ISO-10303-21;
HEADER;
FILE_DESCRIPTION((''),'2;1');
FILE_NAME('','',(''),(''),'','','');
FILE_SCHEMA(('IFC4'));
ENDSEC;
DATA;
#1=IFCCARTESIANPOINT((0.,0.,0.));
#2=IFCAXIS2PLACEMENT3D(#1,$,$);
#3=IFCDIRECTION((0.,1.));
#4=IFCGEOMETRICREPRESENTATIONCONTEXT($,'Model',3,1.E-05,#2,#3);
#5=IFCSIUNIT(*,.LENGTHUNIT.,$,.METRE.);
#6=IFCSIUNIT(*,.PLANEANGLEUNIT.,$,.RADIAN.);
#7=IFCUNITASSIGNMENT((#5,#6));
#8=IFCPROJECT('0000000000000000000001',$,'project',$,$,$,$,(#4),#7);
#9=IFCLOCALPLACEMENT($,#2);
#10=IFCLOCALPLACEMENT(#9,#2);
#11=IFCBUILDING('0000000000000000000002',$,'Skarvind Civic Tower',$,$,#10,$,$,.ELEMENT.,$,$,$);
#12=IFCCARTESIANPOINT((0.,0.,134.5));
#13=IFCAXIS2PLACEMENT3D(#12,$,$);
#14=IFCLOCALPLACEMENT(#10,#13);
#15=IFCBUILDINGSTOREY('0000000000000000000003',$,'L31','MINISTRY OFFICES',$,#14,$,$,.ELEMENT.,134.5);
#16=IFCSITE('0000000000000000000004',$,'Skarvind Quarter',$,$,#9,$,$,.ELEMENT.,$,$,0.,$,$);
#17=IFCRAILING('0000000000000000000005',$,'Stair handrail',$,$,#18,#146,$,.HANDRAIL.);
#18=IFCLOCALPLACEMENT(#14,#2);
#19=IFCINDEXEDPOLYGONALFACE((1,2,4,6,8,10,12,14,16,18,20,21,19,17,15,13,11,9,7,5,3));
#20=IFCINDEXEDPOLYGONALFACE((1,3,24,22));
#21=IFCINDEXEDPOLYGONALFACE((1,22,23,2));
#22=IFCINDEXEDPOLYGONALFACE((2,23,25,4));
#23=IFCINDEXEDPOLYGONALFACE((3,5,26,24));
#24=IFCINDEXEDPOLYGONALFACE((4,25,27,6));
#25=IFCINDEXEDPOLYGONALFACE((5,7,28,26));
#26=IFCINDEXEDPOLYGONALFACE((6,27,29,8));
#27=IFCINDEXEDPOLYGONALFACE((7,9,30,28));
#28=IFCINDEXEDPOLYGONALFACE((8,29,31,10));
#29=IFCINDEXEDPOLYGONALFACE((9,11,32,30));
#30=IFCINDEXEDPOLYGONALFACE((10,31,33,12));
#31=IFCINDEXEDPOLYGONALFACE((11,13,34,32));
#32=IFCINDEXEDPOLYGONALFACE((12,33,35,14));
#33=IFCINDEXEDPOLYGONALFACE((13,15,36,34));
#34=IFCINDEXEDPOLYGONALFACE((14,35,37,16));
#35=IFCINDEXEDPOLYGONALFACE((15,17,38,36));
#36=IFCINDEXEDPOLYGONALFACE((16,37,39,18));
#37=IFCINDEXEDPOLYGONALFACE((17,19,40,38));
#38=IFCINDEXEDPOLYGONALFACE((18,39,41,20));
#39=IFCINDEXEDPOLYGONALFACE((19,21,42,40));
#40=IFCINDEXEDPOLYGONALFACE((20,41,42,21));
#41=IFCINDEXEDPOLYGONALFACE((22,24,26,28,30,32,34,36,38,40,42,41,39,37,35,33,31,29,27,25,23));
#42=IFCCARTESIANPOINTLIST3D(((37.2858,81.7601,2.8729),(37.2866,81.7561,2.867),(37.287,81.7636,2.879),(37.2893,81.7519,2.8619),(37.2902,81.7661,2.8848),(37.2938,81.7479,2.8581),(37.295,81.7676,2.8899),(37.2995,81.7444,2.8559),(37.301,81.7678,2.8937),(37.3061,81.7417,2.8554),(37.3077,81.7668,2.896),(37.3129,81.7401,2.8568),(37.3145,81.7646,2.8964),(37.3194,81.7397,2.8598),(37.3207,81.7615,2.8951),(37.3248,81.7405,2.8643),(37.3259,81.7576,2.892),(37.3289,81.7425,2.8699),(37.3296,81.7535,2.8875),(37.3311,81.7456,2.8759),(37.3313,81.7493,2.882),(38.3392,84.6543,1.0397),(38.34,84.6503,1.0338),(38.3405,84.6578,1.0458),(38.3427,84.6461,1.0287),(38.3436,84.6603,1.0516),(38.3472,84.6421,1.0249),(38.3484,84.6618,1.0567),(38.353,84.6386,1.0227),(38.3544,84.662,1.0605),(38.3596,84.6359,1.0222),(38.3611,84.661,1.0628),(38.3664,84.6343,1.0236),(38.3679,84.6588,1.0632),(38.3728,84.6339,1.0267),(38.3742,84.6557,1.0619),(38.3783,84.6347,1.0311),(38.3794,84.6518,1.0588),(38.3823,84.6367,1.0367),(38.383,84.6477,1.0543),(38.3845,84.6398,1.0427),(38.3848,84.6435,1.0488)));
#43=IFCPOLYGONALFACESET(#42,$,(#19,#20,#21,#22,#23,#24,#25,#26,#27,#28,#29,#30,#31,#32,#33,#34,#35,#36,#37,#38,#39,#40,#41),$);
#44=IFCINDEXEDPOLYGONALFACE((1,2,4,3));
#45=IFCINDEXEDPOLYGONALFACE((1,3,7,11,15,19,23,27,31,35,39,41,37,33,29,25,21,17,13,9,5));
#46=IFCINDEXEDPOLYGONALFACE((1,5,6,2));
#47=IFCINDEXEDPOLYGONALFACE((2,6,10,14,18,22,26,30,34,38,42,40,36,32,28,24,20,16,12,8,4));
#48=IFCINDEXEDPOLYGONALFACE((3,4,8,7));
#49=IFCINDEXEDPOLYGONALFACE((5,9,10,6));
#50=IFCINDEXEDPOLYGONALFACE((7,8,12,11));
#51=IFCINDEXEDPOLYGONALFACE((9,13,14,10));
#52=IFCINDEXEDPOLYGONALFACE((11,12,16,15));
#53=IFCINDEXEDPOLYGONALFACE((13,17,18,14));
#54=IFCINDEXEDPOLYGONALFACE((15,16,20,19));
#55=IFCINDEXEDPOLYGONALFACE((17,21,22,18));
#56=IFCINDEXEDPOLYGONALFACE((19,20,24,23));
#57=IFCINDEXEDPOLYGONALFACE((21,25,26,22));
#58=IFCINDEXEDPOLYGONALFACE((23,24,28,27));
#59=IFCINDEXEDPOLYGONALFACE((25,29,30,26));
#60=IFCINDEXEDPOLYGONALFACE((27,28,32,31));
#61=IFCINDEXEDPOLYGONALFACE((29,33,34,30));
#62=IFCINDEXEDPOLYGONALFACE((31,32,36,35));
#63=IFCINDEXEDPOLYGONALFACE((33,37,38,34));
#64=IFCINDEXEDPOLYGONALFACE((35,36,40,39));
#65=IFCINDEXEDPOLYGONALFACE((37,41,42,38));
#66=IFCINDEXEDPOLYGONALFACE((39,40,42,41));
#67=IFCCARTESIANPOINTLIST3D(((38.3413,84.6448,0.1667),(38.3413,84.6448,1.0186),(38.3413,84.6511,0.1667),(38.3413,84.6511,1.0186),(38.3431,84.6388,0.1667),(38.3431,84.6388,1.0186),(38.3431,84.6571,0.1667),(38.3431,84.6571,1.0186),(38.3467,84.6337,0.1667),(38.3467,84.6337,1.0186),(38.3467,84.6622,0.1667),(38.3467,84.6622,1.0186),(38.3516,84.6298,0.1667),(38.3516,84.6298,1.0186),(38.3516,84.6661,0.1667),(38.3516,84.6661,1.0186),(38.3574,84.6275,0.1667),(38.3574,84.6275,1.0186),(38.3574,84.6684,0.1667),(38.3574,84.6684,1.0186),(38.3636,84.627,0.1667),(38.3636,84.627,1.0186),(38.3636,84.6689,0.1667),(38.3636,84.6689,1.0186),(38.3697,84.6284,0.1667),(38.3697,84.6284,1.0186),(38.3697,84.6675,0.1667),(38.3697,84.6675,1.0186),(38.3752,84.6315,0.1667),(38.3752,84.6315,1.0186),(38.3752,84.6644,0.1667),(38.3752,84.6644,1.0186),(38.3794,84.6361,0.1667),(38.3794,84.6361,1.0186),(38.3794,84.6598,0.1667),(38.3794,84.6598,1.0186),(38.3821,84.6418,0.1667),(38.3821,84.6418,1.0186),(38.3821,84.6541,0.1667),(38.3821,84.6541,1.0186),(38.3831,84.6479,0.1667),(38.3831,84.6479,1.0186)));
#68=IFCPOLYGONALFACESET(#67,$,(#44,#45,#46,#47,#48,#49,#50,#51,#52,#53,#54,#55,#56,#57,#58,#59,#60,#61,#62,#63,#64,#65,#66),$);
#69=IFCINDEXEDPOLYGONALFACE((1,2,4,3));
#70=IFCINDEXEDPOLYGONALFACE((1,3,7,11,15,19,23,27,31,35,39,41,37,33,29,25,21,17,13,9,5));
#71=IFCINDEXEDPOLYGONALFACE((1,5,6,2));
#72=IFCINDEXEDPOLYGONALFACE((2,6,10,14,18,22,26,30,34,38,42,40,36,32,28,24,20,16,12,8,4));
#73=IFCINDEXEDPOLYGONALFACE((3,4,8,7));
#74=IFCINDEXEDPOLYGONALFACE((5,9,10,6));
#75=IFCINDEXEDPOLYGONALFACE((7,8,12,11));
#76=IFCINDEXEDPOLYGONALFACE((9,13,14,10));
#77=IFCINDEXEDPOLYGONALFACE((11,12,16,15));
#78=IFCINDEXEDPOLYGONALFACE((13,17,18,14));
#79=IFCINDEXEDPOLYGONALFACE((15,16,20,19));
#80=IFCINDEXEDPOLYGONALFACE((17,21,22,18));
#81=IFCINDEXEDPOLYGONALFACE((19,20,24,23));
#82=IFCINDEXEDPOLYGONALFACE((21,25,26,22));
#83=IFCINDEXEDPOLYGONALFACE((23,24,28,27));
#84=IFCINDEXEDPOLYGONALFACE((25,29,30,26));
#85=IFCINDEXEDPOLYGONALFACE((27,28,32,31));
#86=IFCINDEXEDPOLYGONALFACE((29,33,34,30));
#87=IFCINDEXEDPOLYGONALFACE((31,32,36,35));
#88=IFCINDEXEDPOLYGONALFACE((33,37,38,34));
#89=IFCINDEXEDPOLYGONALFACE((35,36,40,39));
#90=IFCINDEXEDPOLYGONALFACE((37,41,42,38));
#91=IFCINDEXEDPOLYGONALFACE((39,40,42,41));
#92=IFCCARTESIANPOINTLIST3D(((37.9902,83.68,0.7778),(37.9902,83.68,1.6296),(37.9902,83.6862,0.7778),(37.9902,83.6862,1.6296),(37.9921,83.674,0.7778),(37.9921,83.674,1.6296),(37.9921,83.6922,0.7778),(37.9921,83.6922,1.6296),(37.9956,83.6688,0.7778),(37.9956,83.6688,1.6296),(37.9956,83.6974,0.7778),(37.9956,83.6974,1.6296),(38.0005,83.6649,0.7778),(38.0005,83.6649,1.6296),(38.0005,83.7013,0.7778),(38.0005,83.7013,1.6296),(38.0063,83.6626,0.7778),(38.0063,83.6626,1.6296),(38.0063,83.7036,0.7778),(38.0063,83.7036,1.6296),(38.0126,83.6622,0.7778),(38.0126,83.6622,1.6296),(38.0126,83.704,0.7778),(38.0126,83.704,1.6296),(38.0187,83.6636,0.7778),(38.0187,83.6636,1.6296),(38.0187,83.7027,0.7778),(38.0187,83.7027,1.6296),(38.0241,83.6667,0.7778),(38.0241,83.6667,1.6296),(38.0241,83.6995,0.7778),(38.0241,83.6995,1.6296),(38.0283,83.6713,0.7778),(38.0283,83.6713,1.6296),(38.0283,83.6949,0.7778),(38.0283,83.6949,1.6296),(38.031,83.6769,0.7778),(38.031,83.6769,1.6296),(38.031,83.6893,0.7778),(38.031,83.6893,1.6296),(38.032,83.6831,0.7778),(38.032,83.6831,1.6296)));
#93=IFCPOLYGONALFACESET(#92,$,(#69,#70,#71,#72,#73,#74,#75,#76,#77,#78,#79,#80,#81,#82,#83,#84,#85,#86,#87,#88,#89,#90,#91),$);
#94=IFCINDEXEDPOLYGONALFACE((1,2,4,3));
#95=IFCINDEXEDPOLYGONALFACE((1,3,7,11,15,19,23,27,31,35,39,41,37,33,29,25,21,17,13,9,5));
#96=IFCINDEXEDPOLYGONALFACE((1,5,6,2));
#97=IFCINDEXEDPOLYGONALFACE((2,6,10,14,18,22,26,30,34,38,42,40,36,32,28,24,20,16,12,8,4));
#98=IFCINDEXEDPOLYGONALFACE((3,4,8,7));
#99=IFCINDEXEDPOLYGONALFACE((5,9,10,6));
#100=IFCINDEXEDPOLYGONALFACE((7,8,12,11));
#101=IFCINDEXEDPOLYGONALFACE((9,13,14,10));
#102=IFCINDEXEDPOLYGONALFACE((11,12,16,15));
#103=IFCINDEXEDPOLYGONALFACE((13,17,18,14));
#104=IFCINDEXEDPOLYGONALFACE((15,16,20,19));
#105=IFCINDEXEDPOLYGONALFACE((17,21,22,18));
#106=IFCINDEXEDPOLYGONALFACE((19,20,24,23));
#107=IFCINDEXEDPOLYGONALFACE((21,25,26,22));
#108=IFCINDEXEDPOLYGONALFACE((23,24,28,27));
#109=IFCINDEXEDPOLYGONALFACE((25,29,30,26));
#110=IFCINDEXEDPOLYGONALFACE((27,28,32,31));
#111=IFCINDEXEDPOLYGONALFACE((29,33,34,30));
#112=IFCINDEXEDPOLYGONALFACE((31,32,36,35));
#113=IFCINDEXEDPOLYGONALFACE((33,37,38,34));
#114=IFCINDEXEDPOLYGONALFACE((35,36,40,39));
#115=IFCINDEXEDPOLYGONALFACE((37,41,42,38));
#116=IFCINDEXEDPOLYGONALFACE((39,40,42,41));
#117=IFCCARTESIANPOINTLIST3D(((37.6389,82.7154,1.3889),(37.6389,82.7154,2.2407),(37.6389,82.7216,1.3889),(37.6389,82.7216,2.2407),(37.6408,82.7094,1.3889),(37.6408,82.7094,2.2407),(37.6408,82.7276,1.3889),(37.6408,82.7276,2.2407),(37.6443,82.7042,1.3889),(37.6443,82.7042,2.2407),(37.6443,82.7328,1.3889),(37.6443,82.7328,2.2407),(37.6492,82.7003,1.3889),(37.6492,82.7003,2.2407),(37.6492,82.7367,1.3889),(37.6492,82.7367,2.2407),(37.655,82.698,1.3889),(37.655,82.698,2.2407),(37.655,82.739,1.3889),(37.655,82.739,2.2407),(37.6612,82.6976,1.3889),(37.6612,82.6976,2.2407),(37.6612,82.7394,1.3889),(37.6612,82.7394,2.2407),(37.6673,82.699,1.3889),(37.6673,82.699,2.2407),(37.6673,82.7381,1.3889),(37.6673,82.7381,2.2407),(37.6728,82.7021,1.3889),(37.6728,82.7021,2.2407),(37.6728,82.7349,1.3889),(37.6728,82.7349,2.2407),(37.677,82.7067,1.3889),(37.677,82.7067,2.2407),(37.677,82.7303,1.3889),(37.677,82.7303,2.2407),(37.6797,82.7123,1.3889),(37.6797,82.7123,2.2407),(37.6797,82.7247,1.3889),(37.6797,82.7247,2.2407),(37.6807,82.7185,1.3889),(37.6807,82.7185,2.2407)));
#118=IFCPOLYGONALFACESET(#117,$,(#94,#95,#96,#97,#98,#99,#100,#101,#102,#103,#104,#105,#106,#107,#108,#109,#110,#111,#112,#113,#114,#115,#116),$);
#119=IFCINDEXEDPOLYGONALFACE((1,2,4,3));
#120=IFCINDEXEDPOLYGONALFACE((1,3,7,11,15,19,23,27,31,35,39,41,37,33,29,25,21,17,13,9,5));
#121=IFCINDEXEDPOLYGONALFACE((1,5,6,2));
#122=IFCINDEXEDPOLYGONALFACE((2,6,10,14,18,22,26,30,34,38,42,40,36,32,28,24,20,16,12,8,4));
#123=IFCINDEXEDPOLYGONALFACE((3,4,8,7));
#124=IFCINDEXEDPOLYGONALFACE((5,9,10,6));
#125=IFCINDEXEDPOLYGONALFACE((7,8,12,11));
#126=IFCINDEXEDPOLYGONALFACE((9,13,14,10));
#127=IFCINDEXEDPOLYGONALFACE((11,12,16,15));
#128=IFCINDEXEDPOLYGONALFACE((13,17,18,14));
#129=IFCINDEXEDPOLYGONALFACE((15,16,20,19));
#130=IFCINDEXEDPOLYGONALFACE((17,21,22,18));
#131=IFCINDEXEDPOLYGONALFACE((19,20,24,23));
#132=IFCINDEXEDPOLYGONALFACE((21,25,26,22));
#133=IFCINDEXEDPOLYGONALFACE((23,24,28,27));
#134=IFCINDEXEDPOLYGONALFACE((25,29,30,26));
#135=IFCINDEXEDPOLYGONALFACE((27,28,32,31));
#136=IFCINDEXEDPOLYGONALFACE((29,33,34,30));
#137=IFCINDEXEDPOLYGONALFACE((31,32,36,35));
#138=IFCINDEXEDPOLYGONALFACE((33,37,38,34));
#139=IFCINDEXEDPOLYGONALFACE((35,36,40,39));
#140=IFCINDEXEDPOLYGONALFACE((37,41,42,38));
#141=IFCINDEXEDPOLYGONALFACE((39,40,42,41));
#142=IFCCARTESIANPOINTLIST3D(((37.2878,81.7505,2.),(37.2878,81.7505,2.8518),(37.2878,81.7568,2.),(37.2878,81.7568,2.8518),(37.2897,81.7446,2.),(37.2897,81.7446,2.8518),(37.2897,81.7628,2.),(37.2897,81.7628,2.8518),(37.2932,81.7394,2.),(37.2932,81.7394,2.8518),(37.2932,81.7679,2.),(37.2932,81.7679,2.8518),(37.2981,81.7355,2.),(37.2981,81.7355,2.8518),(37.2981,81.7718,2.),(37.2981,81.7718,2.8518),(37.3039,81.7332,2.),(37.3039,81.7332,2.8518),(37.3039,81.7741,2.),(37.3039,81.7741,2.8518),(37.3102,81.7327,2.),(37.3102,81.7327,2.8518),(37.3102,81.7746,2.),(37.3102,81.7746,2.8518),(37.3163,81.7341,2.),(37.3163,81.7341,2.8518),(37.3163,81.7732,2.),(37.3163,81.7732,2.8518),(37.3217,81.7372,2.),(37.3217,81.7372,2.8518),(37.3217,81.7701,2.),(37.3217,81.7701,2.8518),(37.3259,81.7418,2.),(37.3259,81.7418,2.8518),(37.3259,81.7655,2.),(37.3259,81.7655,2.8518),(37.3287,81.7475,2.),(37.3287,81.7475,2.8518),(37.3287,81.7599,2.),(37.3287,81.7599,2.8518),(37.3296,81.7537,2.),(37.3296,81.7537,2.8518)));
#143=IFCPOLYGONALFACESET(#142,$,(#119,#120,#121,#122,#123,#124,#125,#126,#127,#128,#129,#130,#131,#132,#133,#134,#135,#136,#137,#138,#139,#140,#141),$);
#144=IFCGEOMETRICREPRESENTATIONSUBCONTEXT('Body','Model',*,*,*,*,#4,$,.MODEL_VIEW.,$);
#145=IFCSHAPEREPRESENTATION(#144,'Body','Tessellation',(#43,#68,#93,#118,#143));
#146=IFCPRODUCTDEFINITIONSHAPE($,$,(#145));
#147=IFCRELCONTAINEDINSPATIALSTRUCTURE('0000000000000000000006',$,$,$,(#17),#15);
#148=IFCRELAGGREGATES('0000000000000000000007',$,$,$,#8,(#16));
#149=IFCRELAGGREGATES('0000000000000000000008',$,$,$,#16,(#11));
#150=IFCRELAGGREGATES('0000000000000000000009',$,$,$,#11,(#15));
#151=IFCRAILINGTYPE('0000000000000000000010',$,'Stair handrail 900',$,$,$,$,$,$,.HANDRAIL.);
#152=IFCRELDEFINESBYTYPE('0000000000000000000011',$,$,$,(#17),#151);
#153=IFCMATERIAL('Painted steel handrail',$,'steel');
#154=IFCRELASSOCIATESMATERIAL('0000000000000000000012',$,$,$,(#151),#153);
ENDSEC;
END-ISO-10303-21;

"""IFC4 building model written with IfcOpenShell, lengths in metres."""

from ifc_helpers import new_model, si_unit, direction, frame, origin, origin_2d, place, context, subcontext, project, spatial, circle, extrude, material, type_object, element, save


model = new_model("IFC4")

# Units and contexts
model_context = context("Model", 3, precision=1e-05, world=origin(), true_north=direction((0.0, 1.0)))
body_context = subcontext(model_context, "Body", "Model", "MODEL_VIEW")
ifc_project = project(units=[si_unit("LENGTHUNIT", "METRE"), si_unit("PLANEANGLEUNIT", "RADIAN")], contexts=[model_context])

# Site, building, storey
site_placement = place(None, origin())
site = spatial("IfcSite", under=ifc_project, at=site_placement, Name="Skarvind Quarter", CompositionType="ELEMENT", RefElevation=0.0)
building_placement = place(site_placement, origin())
building = spatial("IfcBuilding", under=site, at=building_placement, Name="Skarvind Civic Tower", CompositionType="ELEMENT")
storey_placement = place(building_placement, frame((0.0, 0.0, 134.5)))
storey = spatial("IfcBuildingStorey", under=building, at=storey_placement, Name="L31", Description="MINISTRY OFFICES", CompositionType="ELEMENT", Elevation=134.5)

# Railing
ifc_material_1 = material(Name="Painted steel handrail", Category="steel")
railing_type = type_object("IfcRailingType", Name="Stair handrail 900", PredefinedType="HANDRAIL", material=ifc_material_1)
railing_1_placement = place(storey_placement, frame((38.3621, 84.6479, 0.1667)))
element("IfcRailing", 1, at=railing_1_placement, inside=storey, type_object=railing_type, Name="Stair handrail", PredefinedType="HANDRAIL", context=body_context, shape_type="SweptSolid", body=[
    extrude(circle(Radius=0.0239, at=origin_2d()), frame((0.0, 0.0, 0.876), z_axis=(-0.293908, -0.807481, 0.511461), x_axis=(0.939689, -0.342029, 0.0)), (0.0, 0.0, 1.0), 3.5842),
    extrude(circle(Radius=0.021, at=origin_2d()), origin(), (0.0, 0.0, 1.0), 0.8518),
    extrude(circle(Radius=0.021, at=origin_2d()), frame((-0.3511, -0.9648, 0.6111)), (0.0, 0.0, 1.0), 0.8518),
    extrude(circle(Radius=0.021, at=origin_2d()), frame((-0.7024, -1.9294, 1.2222)), (0.0, 0.0, 1.0), 0.8518),
    extrude(circle(Radius=0.021, at=origin_2d()), frame((-1.0535, -2.8943, 1.8333)), (0.0, 0.0, 1.0), 0.8518),
])

save(model, "model.ifc")
